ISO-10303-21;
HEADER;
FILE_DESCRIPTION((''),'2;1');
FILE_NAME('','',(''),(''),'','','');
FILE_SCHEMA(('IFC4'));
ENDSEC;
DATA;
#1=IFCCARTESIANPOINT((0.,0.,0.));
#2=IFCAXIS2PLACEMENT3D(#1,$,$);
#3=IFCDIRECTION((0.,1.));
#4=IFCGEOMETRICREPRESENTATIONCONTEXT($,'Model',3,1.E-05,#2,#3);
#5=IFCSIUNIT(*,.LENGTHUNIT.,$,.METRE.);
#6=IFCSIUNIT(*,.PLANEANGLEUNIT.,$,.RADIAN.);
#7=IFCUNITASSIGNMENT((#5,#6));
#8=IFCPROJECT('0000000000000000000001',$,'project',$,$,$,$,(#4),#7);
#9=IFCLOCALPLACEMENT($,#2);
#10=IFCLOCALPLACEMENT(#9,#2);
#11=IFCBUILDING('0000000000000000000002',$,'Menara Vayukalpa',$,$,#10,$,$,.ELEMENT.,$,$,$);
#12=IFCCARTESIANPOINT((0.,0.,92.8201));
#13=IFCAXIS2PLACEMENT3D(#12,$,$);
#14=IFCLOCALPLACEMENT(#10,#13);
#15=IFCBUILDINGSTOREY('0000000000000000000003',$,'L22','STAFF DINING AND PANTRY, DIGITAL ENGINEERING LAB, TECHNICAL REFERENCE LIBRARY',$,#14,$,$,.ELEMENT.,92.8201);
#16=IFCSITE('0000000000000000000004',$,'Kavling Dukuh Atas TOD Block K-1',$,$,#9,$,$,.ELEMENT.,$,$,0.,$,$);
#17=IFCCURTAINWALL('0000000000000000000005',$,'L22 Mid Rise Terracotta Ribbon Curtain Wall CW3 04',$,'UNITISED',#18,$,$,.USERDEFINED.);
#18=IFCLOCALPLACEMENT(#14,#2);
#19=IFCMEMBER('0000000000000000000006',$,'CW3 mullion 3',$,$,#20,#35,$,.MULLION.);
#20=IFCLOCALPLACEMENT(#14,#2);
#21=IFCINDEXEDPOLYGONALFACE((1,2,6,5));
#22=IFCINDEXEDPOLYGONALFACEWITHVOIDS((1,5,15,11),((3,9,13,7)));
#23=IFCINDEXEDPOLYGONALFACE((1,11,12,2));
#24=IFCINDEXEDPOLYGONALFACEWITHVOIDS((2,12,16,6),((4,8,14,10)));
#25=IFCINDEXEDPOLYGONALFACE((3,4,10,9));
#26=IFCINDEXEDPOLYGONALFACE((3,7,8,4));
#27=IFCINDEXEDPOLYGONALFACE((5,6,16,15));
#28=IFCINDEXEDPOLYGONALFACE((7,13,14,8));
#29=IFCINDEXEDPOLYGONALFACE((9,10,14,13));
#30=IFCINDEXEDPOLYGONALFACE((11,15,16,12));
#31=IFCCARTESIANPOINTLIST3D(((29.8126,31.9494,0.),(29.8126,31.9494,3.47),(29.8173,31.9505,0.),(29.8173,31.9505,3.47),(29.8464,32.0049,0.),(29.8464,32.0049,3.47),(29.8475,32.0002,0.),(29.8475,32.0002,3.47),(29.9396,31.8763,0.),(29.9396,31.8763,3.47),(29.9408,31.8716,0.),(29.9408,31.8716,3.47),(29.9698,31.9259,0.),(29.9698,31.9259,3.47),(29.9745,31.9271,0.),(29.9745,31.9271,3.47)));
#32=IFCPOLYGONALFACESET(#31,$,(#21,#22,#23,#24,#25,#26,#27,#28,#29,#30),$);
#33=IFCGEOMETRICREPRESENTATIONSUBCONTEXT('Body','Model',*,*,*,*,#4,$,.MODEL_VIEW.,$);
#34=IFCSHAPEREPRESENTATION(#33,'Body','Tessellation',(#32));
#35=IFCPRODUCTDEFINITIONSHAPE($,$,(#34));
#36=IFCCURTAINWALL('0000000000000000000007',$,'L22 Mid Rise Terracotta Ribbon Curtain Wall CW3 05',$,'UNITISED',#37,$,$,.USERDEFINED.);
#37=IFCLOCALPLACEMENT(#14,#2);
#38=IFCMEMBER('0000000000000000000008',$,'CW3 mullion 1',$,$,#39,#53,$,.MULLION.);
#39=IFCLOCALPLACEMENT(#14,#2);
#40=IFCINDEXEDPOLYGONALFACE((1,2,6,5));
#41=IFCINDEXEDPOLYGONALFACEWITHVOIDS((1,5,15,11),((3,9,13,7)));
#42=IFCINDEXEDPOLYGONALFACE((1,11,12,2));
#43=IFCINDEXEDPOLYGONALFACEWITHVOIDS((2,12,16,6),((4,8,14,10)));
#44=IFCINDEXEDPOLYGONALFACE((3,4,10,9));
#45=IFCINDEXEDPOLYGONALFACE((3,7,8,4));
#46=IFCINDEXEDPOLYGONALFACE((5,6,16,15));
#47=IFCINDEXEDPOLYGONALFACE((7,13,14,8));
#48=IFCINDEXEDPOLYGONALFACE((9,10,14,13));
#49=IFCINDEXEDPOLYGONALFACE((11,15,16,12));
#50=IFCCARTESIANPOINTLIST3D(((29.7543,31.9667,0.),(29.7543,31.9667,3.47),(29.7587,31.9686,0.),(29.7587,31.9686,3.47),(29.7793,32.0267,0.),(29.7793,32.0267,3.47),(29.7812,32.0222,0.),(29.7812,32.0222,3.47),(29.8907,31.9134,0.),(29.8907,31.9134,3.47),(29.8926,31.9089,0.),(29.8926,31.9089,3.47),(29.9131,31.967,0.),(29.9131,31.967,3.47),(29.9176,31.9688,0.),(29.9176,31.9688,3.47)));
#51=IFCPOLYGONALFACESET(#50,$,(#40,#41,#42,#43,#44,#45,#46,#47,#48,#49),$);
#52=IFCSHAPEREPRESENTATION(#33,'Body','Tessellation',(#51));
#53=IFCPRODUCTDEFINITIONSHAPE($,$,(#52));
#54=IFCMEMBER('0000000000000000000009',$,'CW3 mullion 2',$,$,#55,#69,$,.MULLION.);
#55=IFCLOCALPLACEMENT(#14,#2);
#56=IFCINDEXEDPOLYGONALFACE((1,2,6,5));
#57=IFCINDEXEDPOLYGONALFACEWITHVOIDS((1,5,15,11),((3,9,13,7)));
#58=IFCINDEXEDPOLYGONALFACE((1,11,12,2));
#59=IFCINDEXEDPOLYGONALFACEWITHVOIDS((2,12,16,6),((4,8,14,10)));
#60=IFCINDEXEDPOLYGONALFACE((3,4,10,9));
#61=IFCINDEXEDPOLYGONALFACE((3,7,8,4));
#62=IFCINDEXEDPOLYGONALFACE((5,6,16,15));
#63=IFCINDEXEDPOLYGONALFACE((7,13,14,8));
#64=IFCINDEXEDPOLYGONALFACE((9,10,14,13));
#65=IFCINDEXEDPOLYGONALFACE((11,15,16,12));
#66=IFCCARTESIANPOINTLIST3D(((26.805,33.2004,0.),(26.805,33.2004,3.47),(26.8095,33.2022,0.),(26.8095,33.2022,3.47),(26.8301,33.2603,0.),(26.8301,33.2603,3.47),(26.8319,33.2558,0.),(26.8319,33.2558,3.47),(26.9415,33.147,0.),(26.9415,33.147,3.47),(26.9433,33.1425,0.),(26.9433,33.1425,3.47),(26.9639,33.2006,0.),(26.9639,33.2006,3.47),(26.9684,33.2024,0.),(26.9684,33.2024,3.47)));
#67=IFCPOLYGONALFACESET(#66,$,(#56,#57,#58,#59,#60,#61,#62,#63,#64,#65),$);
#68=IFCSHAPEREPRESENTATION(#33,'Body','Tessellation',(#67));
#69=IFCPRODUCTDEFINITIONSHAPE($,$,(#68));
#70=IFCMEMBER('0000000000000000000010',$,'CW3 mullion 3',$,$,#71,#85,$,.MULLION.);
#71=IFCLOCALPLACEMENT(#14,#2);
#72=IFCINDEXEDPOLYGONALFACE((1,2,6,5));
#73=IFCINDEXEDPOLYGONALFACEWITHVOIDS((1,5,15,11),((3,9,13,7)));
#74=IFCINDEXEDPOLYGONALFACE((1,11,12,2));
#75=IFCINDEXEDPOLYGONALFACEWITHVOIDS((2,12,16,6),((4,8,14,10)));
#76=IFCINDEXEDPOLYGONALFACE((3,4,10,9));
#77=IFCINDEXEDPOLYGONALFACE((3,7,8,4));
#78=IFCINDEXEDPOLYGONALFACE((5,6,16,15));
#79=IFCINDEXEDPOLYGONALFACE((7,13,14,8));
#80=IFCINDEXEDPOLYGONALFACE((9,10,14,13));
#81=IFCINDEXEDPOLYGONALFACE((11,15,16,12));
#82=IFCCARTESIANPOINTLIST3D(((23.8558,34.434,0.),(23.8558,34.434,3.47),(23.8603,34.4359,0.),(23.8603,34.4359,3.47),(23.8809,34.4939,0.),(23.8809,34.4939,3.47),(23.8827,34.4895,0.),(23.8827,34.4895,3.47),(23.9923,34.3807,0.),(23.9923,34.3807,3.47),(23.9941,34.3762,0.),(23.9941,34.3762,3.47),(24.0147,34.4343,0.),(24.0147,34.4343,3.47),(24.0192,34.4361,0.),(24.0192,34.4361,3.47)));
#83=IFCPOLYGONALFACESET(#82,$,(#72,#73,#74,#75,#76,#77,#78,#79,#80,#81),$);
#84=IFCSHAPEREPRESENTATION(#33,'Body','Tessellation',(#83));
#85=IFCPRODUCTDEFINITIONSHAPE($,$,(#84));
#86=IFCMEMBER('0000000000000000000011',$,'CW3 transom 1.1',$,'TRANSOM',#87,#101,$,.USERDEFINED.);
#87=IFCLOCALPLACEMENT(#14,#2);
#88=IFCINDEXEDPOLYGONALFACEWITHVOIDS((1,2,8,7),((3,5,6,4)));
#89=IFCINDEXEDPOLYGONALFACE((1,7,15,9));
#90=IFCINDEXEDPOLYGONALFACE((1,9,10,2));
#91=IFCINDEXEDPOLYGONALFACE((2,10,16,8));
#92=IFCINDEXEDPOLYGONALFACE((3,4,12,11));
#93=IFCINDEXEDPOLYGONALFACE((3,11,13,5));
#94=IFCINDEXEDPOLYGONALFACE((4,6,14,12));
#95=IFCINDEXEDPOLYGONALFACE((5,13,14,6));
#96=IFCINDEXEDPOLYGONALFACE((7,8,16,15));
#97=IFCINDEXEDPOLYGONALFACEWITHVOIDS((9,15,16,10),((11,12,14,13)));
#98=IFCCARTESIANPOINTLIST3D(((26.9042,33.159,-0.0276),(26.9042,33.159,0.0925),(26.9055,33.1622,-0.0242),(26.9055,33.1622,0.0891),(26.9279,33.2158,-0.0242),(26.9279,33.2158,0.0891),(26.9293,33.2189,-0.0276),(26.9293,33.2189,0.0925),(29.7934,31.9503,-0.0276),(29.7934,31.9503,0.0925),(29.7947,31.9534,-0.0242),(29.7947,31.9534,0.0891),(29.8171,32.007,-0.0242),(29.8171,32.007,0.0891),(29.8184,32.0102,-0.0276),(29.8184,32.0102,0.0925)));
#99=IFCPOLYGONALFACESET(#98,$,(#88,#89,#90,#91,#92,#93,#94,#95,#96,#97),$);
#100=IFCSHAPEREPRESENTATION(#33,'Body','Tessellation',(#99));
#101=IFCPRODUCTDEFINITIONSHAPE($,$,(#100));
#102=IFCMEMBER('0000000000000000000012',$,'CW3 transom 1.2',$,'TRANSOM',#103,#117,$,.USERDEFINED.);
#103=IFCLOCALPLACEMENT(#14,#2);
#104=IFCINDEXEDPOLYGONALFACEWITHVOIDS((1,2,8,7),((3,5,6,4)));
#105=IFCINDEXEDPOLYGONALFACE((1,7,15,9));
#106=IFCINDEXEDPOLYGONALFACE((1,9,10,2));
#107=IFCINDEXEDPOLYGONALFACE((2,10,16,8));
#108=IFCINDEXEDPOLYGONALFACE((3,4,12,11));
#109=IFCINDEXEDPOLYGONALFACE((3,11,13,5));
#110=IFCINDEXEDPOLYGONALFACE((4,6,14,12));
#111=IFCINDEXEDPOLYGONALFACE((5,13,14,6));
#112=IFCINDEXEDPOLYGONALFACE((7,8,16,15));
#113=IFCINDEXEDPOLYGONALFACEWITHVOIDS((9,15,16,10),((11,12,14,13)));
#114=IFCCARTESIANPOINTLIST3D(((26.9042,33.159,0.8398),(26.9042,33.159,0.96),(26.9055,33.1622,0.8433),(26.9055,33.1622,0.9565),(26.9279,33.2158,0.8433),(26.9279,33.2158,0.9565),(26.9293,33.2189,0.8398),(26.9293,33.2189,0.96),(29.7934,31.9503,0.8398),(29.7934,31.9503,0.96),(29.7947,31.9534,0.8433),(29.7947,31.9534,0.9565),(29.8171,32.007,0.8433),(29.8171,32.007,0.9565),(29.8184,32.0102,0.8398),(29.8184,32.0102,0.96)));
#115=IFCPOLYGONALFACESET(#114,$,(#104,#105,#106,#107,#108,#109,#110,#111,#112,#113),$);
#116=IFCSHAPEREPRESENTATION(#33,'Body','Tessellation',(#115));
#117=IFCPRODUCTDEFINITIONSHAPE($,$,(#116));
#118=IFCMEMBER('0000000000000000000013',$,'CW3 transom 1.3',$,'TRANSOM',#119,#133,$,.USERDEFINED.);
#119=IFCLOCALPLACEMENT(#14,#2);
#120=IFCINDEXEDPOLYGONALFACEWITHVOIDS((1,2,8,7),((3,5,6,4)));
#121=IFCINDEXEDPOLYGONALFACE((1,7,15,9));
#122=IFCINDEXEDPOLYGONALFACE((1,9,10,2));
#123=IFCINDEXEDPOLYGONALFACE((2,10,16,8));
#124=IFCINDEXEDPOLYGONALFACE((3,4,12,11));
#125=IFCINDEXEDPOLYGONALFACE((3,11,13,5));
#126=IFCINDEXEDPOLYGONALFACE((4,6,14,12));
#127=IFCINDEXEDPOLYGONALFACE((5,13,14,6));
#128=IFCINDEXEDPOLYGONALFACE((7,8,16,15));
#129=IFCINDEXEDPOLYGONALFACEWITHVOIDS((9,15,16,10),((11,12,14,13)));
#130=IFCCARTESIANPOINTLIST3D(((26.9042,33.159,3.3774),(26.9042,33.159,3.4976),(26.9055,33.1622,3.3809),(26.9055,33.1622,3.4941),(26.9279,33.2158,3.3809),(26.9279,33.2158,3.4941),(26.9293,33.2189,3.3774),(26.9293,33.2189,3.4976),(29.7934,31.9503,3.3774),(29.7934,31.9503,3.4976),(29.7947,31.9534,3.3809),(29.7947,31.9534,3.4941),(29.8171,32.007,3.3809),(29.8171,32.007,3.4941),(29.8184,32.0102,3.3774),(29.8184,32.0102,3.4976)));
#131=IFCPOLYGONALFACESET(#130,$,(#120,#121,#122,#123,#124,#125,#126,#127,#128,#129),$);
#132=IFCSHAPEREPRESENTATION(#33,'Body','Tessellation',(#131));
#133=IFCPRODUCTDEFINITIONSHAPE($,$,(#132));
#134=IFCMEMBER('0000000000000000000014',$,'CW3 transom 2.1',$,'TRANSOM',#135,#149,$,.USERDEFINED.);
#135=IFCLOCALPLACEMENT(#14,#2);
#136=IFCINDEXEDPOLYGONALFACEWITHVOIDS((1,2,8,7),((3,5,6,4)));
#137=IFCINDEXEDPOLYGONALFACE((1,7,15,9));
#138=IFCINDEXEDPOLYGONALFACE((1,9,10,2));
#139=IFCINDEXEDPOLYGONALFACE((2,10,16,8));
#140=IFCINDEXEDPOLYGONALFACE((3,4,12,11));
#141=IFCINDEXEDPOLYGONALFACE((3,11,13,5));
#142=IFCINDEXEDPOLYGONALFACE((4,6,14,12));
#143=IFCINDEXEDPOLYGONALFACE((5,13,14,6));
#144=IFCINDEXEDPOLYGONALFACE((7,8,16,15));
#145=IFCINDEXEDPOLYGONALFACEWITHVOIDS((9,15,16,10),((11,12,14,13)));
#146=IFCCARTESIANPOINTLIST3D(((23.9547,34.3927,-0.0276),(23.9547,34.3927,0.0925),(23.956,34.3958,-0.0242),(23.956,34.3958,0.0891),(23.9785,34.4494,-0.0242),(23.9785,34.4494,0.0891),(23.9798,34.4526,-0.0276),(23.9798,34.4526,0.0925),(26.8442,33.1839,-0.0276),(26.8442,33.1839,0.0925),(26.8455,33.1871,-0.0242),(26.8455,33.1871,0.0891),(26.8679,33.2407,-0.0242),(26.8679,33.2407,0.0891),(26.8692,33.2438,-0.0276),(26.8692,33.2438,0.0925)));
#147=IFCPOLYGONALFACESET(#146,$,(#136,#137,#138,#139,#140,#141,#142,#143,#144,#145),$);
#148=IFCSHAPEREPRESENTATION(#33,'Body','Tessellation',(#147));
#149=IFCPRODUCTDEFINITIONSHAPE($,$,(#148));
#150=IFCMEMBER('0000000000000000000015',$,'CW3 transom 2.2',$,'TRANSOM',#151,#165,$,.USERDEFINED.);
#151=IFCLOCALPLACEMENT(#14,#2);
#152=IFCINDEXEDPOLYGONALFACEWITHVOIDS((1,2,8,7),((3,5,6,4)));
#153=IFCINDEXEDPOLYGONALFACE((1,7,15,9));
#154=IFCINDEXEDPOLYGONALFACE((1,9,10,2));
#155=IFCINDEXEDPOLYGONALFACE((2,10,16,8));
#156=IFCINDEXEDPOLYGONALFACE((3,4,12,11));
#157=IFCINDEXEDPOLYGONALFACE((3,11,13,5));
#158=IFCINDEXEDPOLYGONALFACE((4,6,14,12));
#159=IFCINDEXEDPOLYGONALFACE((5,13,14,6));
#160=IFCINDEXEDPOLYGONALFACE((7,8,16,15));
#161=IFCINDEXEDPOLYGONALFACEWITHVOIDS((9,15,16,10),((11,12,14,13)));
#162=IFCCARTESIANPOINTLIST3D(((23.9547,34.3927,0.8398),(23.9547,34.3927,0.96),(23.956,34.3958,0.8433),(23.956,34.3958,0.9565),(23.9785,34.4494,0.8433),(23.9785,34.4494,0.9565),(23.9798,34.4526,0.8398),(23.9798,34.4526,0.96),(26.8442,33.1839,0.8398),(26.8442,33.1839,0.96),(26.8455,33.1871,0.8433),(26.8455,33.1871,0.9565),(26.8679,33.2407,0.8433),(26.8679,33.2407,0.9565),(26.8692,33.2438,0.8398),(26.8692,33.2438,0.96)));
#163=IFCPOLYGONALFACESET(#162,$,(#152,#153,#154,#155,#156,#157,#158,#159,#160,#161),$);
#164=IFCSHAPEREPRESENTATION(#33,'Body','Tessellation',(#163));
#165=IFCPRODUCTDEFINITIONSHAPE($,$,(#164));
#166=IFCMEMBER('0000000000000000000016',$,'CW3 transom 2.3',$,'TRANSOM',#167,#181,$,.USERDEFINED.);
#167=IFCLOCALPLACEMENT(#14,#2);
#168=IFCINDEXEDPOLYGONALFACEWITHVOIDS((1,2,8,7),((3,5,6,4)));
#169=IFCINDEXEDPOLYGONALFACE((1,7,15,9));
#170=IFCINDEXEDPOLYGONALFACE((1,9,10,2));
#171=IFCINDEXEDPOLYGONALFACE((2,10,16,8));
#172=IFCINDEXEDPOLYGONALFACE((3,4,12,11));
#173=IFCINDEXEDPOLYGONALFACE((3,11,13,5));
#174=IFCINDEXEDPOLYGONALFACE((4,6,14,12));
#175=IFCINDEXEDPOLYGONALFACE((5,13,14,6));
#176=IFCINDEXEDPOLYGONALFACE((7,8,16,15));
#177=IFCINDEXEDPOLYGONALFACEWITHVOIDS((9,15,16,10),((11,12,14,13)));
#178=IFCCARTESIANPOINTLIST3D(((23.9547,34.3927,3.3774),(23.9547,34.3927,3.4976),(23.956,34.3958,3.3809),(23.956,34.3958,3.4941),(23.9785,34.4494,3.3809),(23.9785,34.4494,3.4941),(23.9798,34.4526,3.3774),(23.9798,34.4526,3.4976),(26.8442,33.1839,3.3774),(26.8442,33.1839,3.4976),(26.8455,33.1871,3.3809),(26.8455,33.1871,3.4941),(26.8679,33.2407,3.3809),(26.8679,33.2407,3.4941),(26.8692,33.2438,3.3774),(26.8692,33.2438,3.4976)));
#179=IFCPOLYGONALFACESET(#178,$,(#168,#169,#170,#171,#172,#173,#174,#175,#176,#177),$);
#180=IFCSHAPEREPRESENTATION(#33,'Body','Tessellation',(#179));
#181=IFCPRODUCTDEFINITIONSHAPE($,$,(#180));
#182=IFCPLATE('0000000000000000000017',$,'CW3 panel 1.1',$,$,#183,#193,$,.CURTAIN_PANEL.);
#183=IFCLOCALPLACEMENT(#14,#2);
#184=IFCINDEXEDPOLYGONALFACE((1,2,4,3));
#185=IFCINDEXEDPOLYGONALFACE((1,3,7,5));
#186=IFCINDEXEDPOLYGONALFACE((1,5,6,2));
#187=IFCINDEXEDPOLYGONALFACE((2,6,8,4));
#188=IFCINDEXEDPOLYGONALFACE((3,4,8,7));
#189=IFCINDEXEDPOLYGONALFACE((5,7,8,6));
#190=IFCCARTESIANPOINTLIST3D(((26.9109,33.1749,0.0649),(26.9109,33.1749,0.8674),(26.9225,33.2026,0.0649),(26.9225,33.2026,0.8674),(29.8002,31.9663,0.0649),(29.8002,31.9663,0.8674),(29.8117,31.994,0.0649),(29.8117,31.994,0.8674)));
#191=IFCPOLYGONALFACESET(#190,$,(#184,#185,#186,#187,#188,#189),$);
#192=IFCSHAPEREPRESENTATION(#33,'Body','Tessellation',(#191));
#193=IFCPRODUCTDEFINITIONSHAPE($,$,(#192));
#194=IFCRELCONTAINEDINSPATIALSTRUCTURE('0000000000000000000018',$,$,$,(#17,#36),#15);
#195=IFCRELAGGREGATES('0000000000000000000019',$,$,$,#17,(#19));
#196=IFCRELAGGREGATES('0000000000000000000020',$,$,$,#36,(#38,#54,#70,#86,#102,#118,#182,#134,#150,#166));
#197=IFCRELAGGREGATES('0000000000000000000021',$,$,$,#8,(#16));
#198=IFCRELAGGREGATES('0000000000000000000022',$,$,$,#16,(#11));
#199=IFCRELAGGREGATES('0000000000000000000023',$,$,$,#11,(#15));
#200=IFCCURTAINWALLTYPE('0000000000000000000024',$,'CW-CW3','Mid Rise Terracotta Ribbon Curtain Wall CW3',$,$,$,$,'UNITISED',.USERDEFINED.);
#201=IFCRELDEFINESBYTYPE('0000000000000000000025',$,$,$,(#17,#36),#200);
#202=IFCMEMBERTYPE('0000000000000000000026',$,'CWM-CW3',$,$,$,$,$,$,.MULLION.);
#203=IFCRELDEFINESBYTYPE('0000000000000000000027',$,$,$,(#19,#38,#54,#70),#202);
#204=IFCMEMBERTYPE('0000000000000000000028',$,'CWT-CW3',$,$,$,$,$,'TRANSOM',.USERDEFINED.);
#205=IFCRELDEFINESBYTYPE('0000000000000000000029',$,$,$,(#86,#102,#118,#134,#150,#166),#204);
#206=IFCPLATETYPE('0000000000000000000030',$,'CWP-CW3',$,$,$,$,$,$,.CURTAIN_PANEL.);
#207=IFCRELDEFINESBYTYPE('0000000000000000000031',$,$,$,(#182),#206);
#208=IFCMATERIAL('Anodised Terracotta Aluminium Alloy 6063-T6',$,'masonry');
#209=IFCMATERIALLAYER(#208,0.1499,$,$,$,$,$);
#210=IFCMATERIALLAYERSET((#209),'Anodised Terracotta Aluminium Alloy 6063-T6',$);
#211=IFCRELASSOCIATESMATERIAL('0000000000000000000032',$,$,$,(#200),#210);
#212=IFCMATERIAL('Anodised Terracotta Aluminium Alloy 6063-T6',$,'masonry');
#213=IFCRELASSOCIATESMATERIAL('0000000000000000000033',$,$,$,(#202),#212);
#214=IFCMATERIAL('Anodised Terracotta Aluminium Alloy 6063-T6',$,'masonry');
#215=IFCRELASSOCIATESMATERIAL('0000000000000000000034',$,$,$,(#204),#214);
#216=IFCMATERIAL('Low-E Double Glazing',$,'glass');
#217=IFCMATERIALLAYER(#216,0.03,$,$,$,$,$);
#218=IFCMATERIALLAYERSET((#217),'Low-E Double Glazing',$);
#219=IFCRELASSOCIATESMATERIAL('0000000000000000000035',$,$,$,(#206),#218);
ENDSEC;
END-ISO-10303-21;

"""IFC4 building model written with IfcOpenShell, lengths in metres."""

from ifc_helpers import new_model, si_unit, direction, frame, origin, origin_2d, place, context, subcontext, project, spatial, rectangle, hollow_rectangle, extrude, material, layer, layer_set, material_profile, profile_set, type_object, element, aggregate, save


model = new_model("IFC4")

# Units and contexts
model_context = context("Model", 3, precision=1e-05, world=origin(), true_north=direction((0.0, 1.0)))
body_context = subcontext(model_context, "Body", "Model", "MODEL_VIEW")
ifc_project = project(units=[si_unit("LENGTHUNIT", "METRE"), si_unit("PLANEANGLEUNIT", "RADIAN")], contexts=[model_context])

# Site, building, storey
site_placement = place(None, origin())
site = spatial("IfcSite", under=ifc_project, at=site_placement, Name="Kavling Dukuh Atas TOD Block K-1", CompositionType="ELEMENT", RefElevation=0.0)
building_placement = place(site_placement, origin())
building = spatial("IfcBuilding", under=site, at=building_placement, Name="Menara Vayukalpa", CompositionType="ELEMENT")
storey_placement = place(building_placement, frame((0.0, 0.0, 92.8201)))
storey = spatial("IfcBuildingStorey", under=building, at=storey_placement, Name="L22", Description="STAFF DINING AND PANTRY, DIGITAL ENGINEERING LAB, TECHNICAL REFERENCE LIBRARY", CompositionType="ELEMENT", Elevation=92.8201)

# Curtain wall, member
ifc_material_1 = material(Name="Anodised Terracotta Aluminium Alloy 6063-T6", Category="masonry")
ifc_layer_1 = layer(ifc_material_1, 0.1499)
ifc_layer_set_1 = layer_set([ifc_layer_1], Name="Anodised Terracotta Aluminium Alloy 6063-T6")
curtain_wall_type = type_object("IfcCurtainWallType", Name="CW-CW3", Description="Mid Rise Terracotta Ribbon Curtain Wall CW3", ElementType="UNITISED", PredefinedType="USERDEFINED", material=ifc_layer_set_1)
curtain_wall_1_placement = place(storey_placement, origin())
curtain_wall_1 = element("IfcCurtainWall", 1, at=curtain_wall_1_placement, inside=storey, type_object=curtain_wall_type, Name="L22 Mid Rise Terracotta Ribbon Curtain Wall CW3 04", ObjectType="UNITISED", PredefinedType="USERDEFINED")
ifc_material_2 = material(Name="Anodised Terracotta Aluminium Alloy 6063-T6", Category="masonry")
ifc_material_profile_1 = material_profile(ifc_material_2, hollow_rectangle(XDim=0.0649, YDim=0.1499, WallThickness=0.0034, at=origin_2d()), Name="ALU 65x150x3.5")
ifc_profile_set_1 = profile_set([ifc_material_profile_1], Name="Anodised Terracotta Aluminium Alloy 6063-T6")
member_type_1 = type_object("IfcMemberType", Name="CWM-CW3", PredefinedType="MULLION", material=ifc_profile_set_1)
member_1_placement = place(storey_placement, frame((29.8936, 31.9382, 0.0), z_axis=(0.0, 0.0, 1.0), x_axis=(-0.519183, -0.854663, 0.0)))
member_1 = element("IfcMember", 2, at=member_1_placement, type_object=member_type_1, Name="CW3 mullion 3", PredefinedType="MULLION", context=body_context, shape_type="SweptSolid", body=[
    extrude(hollow_rectangle(XDim=0.0649, YDim=0.1499, WallThickness=0.0034, at=origin_2d()), origin(), (0.0, 0.0, 1.0), 3.47),
])
aggregate(curtain_wall_1, [member_1])

# Curtain wall, members, plate
curtain_wall_2_placement = place(storey_placement, origin())
curtain_wall_2 = element("IfcCurtainWall", 3, at=curtain_wall_2_placement, inside=storey, type_object=curtain_wall_type, Name="L22 Mid Rise Terracotta Ribbon Curtain Wall CW3 05", ObjectType="UNITISED", PredefinedType="USERDEFINED")
member_2_placement = place(storey_placement, frame((29.8359, 31.9678, 0.0), z_axis=(0.0, 0.0, 1.0), x_axis=(-0.385894, -0.922543, 0.0)))
member_2 = element("IfcMember", 4, at=member_2_placement, type_object=member_type_1, Name="CW3 mullion 1", PredefinedType="MULLION", context=body_context, shape_type="SweptSolid", body=[
    extrude(hollow_rectangle(XDim=0.0649, YDim=0.1499, WallThickness=0.0034, at=origin_2d()), origin(), (0.0, 0.0, 1.0), 3.47),
])
member_3_placement = place(storey_placement, frame((26.8867, 33.2014, 0.0), z_axis=(0.0, 0.0, 1.0), x_axis=(-0.385894, -0.922543, 0.0)))
member_3 = element("IfcMember", 5, at=member_3_placement, type_object=member_type_1, Name="CW3 mullion 2", PredefinedType="MULLION", context=body_context, shape_type="SweptSolid", body=[
    extrude(hollow_rectangle(XDim=0.0649, YDim=0.1499, WallThickness=0.0034, at=origin_2d()), origin(), (0.0, 0.0, 1.0), 3.47),
])
member_4_placement = place(storey_placement, frame((23.9375, 34.4351, 0.0), z_axis=(0.0, 0.0, 1.0), x_axis=(-0.385894, -0.922543, 0.0)))
member_4 = element("IfcMember", 6, at=member_4_placement, type_object=member_type_1, Name="CW3 mullion 3", PredefinedType="MULLION", context=body_context, shape_type="SweptSolid", body=[
    extrude(hollow_rectangle(XDim=0.0649, YDim=0.1499, WallThickness=0.0034, at=origin_2d()), origin(), (0.0, 0.0, 1.0), 3.47),
])
ifc_material_3 = material(Name="Anodised Terracotta Aluminium Alloy 6063-T6", Category="masonry")
ifc_material_profile_2 = material_profile(ifc_material_3, hollow_rectangle(XDim=0.0649, YDim=0.1201, WallThickness=0.0034, at=origin_2d()), Name="ALU 65x120x3.5")
ifc_profile_set_2 = profile_set([ifc_material_profile_2], Name="Anodised Terracotta Aluminium Alloy 6063-T6")
member_type_2 = type_object("IfcMemberType", Name="CWT-CW3", ElementType="TRANSOM", PredefinedType="USERDEFINED", material=ifc_profile_set_2)
member_5_placement = place(storey_placement, frame((29.8059, 31.9802, 0.0325), z_axis=(-0.922518, 0.385955, 0.0), x_axis=(-0.385955, -0.922518, 0.0)))
member_5 = element("IfcMember", 7, at=member_5_placement, type_object=member_type_2, Name="CW3 transom 1.1", ObjectType="TRANSOM", PredefinedType="USERDEFINED", context=body_context, shape_type="SweptSolid", body=[
    extrude(hollow_rectangle(XDim=0.0649, YDim=0.1201, WallThickness=0.0034, at=origin_2d()), origin(), (0.0, 0.0, 1.0), 3.1318),
])
member_6_placement = place(storey_placement, frame((29.8059, 31.9802, 0.8999), z_axis=(-0.922518, 0.385955, 0.0), x_axis=(-0.385955, -0.922518, 0.0)))
member_6 = element("IfcMember", 8, at=member_6_placement, type_object=member_type_2, Name="CW3 transom 1.2", ObjectType="TRANSOM", PredefinedType="USERDEFINED", context=body_context, shape_type="SweptSolid", body=[
    extrude(hollow_rectangle(XDim=0.0649, YDim=0.1201, WallThickness=0.0034, at=origin_2d()), origin(), (0.0, 0.0, 1.0), 3.1318),
])
member_7_placement = place(storey_placement, frame((29.8059, 31.9802, 3.4375), z_axis=(-0.922518, 0.385955, 0.0), x_axis=(-0.385955, -0.922518, 0.0)))
member_7 = element("IfcMember", 9, at=member_7_placement, type_object=member_type_2, Name="CW3 transom 1.3", ObjectType="TRANSOM", PredefinedType="USERDEFINED", context=body_context, shape_type="SweptSolid", body=[
    extrude(hollow_rectangle(XDim=0.0649, YDim=0.1201, WallThickness=0.0034, at=origin_2d()), origin(), (0.0, 0.0, 1.0), 3.1318),
])
member_8_placement = place(storey_placement, frame((26.8567, 33.2139, 0.0325), z_axis=(-0.922529, 0.385927, 0.0), x_axis=(-0.385927, -0.922529, 0.0)))
member_8 = element("IfcMember", 10, at=member_8_placement, type_object=member_type_2, Name="CW3 transom 2.1", ObjectType="TRANSOM", PredefinedType="USERDEFINED", context=body_context, shape_type="SweptSolid", body=[
    extrude(hollow_rectangle(XDim=0.0649, YDim=0.1201, WallThickness=0.0034, at=origin_2d()), origin(), (0.0, 0.0, 1.0), 3.1321),
])
member_9_placement = place(storey_placement, frame((26.8567, 33.2139, 0.8999), z_axis=(-0.922529, 0.385927, 0.0), x_axis=(-0.385927, -0.922529, 0.0)))
member_9 = element("IfcMember", 11, at=member_9_placement, type_object=member_type_2, Name="CW3 transom 2.2", ObjectType="TRANSOM", PredefinedType="USERDEFINED", context=body_context, shape_type="SweptSolid", body=[
    extrude(hollow_rectangle(XDim=0.0649, YDim=0.1201, WallThickness=0.0034, at=origin_2d()), origin(), (0.0, 0.0, 1.0), 3.1321),
])
member_10_placement = place(storey_placement, frame((26.8567, 33.2139, 3.4375), z_axis=(-0.922529, 0.385927, 0.0), x_axis=(-0.385927, -0.922529, 0.0)))
member_10 = element("IfcMember", 12, at=member_10_placement, type_object=member_type_2, Name="CW3 transom 2.3", ObjectType="TRANSOM", PredefinedType="USERDEFINED", context=body_context, shape_type="SweptSolid", body=[
    extrude(hollow_rectangle(XDim=0.0649, YDim=0.1201, WallThickness=0.0034, at=origin_2d()), origin(), (0.0, 0.0, 1.0), 3.1321),
])
ifc_material_4 = material(Name="Low-E Double Glazing", Category="glass")
ifc_layer_2 = layer(ifc_material_4, 0.03)
ifc_layer_set_2 = layer_set([ifc_layer_2], Name="Low-E Double Glazing")
plate_type = type_object("IfcPlateType", Name="CWP-CW3", PredefinedType="CURTAIN_PANEL", material=ifc_layer_set_2)
plate_1_placement = place(storey_placement, frame((28.3613, 32.5845, 0.0649), z_axis=(0.0, 0.0, 1.0), x_axis=(-0.922543, 0.385894, 0.0)))
plate_1 = element("IfcPlate", 13, at=plate_1_placement, type_object=plate_type, Name="CW3 panel 1.1", PredefinedType="CURTAIN_PANEL", context=body_context, shape_type="SweptSolid", body=[
    extrude(rectangle(XDim=3.1318, YDim=0.03, at=origin_2d()), origin(), (0.0, 0.0, 1.0), 0.8025),
])
aggregate(curtain_wall_2, [member_2, member_3, member_4, member_5, member_6, member_7, plate_1, member_8, member_9, member_10])

save(model, "model.ifc")
